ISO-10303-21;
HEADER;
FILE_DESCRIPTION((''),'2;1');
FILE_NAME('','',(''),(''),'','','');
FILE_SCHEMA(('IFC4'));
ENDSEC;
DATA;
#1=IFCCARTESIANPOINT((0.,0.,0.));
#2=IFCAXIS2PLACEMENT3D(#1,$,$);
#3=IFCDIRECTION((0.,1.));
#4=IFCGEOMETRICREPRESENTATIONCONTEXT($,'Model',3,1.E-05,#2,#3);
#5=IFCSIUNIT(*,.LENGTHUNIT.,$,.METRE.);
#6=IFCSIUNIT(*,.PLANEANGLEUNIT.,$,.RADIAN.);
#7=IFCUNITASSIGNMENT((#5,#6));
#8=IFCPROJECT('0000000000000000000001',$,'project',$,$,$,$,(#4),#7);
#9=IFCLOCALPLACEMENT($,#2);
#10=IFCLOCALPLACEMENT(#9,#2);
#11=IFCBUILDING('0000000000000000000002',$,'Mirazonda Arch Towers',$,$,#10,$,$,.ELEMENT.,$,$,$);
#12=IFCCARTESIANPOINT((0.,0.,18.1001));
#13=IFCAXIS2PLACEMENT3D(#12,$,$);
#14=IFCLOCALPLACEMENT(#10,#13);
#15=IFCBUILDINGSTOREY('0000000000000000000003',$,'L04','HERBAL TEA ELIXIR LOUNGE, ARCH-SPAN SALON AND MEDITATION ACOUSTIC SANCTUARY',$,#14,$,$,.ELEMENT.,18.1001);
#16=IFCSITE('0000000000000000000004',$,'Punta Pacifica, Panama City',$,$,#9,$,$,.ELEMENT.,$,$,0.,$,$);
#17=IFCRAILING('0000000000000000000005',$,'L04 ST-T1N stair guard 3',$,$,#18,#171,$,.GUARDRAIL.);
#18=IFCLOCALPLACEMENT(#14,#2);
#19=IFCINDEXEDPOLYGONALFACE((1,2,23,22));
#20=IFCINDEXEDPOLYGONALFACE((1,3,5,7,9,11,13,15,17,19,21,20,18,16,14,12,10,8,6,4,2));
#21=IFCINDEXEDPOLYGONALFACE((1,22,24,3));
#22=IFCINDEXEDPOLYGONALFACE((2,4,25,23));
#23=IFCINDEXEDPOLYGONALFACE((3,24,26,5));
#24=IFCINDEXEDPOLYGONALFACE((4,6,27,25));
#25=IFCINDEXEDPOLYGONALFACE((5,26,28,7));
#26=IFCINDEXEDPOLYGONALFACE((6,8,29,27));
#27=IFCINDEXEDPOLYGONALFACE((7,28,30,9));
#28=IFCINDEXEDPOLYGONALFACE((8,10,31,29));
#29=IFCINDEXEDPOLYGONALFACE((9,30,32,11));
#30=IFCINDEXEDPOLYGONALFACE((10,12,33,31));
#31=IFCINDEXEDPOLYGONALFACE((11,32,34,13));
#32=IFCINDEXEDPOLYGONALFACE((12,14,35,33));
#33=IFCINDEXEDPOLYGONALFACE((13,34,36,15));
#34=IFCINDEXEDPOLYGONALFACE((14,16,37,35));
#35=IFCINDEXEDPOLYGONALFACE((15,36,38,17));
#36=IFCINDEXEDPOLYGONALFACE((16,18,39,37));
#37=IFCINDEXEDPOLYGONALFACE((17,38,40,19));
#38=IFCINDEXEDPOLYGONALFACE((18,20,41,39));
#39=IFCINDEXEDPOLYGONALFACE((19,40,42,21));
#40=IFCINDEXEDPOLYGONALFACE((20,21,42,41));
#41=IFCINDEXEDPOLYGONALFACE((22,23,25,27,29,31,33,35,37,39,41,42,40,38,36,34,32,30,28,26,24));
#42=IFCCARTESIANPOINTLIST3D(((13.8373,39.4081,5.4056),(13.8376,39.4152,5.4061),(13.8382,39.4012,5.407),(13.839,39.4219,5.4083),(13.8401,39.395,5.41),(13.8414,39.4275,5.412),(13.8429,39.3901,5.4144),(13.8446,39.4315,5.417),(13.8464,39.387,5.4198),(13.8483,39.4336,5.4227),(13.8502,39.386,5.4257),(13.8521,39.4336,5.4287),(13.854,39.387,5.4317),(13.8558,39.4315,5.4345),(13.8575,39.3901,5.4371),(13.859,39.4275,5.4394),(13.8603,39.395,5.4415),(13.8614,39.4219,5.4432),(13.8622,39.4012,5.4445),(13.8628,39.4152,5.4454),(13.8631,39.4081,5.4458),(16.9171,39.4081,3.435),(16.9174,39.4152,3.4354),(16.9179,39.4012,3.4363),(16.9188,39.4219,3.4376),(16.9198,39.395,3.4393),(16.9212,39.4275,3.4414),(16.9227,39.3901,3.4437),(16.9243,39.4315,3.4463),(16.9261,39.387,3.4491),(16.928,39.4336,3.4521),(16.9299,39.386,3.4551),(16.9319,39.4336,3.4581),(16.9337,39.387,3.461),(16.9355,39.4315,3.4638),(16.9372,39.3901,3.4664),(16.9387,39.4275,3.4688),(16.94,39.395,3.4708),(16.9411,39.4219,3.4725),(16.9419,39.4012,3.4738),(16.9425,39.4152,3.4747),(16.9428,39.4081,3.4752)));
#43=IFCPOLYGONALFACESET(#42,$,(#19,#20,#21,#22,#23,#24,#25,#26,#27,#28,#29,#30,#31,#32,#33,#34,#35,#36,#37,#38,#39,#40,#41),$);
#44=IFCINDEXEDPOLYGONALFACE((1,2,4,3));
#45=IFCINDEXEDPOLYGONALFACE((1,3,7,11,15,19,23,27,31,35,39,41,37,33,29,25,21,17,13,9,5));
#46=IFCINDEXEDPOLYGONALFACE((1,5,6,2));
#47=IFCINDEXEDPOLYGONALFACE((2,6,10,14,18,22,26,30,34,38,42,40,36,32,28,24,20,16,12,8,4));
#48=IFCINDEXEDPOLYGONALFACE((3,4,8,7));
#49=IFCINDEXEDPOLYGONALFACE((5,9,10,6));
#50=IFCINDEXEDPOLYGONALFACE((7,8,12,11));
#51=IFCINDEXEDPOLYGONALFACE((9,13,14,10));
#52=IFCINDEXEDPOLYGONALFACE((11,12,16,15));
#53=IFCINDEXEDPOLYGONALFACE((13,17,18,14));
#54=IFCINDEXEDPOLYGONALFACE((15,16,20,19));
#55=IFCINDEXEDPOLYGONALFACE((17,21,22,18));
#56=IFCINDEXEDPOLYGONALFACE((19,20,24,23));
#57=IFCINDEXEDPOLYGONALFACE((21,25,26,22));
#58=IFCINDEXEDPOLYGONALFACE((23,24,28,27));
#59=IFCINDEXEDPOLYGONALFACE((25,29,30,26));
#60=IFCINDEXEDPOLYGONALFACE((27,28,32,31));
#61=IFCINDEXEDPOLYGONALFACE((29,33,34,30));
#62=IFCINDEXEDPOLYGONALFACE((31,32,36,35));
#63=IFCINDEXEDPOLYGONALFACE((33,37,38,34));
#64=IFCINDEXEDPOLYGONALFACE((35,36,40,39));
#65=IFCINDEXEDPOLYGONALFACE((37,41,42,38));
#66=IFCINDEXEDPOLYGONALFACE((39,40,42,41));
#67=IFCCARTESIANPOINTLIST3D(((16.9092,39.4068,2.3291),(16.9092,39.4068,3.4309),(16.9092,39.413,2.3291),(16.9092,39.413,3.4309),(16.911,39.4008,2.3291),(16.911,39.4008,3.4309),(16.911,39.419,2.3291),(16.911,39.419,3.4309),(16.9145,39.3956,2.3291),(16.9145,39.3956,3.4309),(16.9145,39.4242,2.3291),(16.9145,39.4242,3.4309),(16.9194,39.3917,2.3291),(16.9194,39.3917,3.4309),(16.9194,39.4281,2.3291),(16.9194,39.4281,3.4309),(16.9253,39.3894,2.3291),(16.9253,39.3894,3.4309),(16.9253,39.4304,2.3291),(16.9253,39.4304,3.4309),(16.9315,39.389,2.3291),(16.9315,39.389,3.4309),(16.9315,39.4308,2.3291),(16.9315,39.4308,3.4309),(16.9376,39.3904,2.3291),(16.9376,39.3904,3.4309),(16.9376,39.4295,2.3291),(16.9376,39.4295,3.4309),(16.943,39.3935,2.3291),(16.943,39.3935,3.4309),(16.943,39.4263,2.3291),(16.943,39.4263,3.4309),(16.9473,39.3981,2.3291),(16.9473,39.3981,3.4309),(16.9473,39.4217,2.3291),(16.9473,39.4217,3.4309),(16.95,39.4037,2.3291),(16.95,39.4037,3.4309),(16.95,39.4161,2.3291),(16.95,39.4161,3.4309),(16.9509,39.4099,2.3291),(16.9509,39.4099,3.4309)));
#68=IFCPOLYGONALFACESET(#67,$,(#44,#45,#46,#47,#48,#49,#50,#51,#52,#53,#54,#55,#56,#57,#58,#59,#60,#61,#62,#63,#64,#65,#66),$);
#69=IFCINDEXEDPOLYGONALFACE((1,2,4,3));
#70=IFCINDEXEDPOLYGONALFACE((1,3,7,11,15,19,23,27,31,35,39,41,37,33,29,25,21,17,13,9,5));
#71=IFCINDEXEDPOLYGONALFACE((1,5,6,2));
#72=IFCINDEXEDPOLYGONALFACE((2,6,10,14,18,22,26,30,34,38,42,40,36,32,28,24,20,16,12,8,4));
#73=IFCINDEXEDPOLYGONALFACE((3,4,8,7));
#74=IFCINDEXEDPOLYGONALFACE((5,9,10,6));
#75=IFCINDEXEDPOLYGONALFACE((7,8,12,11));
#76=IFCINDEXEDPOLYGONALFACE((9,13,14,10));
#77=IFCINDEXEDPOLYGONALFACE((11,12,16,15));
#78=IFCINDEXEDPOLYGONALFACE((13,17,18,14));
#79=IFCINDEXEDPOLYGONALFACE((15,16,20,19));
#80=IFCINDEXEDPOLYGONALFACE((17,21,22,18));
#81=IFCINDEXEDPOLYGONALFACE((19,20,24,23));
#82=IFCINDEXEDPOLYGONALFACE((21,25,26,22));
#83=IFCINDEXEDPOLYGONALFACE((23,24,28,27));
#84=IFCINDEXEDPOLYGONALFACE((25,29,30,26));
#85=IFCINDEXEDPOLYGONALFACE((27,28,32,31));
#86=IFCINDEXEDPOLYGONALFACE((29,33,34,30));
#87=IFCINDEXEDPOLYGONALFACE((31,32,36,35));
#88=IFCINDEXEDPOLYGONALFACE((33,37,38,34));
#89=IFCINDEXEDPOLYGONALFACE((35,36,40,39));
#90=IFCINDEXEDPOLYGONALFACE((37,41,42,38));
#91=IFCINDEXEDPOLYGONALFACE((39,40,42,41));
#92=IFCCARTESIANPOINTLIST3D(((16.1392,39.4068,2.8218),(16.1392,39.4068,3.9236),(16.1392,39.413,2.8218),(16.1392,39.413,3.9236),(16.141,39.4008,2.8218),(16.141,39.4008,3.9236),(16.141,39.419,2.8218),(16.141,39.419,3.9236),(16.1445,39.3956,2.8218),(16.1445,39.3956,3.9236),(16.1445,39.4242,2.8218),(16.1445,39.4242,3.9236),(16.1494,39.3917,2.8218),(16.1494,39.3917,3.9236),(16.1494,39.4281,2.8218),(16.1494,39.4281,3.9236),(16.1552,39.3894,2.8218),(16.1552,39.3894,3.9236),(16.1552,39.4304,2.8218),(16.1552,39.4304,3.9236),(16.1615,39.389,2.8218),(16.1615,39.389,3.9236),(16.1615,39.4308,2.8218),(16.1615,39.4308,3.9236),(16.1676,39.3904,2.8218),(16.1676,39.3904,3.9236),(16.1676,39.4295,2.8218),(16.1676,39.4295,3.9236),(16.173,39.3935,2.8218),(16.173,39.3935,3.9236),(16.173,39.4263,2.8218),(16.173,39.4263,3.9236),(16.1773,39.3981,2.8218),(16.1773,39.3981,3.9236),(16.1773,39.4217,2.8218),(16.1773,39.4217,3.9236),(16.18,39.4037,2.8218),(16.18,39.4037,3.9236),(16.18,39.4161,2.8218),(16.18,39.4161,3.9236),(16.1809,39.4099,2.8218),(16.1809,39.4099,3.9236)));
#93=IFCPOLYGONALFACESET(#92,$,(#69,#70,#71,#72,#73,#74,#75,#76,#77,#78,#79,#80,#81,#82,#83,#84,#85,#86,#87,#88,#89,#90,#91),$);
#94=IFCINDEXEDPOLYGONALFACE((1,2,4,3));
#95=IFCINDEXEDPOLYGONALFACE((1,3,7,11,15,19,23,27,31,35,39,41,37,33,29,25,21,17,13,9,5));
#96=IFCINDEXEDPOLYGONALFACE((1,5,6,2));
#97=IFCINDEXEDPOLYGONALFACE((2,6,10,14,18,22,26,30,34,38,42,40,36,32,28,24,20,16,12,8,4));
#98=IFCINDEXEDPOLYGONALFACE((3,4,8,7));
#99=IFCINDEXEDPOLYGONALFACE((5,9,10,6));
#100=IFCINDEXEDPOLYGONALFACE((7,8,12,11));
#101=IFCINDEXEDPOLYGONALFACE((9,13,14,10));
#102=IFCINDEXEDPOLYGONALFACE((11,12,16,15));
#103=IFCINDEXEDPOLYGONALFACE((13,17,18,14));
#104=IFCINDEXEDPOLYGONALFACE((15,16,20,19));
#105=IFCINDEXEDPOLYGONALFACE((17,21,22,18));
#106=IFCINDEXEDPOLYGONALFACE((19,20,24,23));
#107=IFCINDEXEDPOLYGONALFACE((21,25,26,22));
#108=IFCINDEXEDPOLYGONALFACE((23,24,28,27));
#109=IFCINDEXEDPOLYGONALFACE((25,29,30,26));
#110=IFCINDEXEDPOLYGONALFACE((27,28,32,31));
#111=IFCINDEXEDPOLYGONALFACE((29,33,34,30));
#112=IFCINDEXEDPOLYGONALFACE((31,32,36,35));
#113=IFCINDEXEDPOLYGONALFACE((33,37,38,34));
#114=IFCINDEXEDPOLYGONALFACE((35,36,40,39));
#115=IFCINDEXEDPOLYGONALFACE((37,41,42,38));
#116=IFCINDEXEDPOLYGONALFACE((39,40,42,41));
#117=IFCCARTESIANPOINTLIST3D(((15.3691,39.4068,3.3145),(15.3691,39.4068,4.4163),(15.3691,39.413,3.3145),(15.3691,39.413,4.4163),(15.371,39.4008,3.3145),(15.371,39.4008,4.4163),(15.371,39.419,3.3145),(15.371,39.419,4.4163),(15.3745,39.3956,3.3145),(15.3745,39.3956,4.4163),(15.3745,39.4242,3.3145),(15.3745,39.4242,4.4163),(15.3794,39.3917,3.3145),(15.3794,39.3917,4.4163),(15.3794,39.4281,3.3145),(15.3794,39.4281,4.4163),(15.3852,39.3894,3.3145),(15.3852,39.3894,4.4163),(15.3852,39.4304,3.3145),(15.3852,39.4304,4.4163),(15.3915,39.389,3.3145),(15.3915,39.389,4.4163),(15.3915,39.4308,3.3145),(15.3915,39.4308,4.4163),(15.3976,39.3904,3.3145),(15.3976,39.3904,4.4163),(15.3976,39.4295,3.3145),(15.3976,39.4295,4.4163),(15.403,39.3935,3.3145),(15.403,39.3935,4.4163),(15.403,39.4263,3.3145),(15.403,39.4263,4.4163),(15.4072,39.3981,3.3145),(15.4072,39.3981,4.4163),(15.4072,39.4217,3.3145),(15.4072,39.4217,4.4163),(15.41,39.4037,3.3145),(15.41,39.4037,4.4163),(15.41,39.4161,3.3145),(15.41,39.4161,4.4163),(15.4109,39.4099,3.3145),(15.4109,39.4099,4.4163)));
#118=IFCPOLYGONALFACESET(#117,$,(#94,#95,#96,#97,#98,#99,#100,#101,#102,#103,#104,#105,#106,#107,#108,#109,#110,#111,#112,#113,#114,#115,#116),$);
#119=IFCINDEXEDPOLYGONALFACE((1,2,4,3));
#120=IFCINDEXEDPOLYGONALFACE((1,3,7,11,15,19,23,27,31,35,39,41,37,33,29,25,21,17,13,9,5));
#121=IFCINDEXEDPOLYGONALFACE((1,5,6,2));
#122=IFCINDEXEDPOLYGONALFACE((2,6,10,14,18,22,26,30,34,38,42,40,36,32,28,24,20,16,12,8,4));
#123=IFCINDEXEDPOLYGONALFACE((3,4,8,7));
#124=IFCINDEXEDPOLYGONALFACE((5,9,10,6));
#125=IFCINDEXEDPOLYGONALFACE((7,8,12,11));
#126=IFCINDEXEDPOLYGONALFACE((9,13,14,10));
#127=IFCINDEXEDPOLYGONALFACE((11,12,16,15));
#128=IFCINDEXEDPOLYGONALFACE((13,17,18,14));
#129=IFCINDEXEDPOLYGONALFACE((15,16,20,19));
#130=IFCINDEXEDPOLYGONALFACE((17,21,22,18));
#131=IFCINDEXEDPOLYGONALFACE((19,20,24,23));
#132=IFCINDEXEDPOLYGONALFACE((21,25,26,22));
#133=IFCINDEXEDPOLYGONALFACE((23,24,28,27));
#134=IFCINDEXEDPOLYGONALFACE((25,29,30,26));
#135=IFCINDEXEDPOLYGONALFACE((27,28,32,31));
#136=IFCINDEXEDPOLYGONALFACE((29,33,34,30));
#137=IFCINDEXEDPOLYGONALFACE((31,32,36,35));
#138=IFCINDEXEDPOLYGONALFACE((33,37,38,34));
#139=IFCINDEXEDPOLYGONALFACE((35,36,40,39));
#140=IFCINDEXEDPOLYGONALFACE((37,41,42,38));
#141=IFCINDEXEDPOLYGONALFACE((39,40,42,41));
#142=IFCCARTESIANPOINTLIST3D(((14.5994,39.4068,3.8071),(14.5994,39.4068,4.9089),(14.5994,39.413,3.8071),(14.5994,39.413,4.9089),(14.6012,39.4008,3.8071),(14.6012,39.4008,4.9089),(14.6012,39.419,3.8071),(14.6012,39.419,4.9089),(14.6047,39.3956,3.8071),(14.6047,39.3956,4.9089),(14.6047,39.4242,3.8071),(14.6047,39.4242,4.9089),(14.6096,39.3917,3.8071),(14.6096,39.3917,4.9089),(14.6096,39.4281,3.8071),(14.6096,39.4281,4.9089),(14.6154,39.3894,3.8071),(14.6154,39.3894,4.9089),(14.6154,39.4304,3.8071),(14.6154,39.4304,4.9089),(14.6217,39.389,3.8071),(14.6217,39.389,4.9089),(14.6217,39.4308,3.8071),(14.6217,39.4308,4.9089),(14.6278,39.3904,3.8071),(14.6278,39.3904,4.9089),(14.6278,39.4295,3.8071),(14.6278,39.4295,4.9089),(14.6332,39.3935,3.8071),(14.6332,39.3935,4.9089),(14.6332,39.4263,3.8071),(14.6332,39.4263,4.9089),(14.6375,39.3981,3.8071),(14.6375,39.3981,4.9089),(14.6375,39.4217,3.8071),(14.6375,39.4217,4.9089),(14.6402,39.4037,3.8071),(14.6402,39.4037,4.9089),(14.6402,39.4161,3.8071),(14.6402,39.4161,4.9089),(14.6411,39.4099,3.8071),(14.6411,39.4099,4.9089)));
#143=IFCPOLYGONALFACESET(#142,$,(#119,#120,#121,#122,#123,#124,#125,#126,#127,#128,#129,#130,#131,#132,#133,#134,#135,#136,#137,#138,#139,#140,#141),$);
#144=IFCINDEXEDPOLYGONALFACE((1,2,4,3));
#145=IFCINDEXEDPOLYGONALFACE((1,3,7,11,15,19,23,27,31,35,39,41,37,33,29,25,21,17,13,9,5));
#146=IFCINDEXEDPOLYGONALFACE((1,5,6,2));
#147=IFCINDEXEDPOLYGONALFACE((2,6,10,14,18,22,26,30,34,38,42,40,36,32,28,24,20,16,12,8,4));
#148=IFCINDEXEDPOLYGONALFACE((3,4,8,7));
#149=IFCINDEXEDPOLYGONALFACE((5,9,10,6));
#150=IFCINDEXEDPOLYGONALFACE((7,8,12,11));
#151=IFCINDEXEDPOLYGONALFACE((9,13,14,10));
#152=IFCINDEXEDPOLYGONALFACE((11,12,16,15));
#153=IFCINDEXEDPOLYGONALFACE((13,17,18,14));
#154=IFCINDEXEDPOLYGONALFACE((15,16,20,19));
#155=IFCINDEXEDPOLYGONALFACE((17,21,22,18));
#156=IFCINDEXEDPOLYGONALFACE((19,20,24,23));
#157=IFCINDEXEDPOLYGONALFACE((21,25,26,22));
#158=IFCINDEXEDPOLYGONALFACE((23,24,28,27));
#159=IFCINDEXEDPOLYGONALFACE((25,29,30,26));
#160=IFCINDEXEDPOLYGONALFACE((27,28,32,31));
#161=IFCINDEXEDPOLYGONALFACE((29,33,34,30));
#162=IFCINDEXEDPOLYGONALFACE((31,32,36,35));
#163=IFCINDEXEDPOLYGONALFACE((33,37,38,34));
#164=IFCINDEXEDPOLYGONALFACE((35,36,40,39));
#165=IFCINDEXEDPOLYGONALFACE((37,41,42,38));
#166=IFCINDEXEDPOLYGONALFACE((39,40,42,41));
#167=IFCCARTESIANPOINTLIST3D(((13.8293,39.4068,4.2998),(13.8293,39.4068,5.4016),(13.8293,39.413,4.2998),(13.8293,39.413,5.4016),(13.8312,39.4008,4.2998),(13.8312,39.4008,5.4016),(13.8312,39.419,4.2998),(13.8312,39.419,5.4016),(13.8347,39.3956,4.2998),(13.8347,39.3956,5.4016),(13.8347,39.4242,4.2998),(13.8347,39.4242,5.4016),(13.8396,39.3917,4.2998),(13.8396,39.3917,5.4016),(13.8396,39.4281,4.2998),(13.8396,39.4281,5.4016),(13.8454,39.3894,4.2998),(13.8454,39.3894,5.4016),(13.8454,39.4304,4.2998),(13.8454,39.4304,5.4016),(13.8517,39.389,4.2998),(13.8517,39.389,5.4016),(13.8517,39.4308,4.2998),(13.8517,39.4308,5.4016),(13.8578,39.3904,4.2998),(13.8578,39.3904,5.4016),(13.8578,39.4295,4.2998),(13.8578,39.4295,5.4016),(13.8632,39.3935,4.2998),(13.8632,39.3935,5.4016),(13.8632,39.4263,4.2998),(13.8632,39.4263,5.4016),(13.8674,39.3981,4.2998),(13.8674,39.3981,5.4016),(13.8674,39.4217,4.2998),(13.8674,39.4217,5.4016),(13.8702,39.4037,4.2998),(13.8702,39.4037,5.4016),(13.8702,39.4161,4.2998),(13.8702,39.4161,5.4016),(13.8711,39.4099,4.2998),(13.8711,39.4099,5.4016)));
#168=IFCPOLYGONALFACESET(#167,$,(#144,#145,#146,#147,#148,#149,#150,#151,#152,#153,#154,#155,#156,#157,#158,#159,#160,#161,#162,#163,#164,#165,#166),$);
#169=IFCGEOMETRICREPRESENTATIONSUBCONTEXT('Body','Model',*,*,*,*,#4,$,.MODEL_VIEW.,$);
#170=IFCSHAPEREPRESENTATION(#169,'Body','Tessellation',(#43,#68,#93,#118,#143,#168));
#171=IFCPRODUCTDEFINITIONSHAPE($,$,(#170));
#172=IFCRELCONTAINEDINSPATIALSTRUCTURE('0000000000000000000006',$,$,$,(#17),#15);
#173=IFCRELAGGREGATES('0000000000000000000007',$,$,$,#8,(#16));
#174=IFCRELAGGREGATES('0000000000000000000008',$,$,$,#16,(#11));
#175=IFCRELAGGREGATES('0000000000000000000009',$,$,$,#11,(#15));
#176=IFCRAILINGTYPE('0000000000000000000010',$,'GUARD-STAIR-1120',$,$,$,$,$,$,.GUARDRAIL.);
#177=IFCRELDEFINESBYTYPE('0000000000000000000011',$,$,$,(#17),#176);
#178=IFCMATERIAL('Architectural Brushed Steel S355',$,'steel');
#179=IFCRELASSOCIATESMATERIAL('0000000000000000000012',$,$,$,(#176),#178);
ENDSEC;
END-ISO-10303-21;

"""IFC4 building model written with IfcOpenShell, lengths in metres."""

from ifc_helpers import new_model, si_unit, direction, frame, origin, origin_2d, place, context, subcontext, project, spatial, circle, extrude, material, type_object, element, save


model = new_model("IFC4")

# Units and contexts
model_context = context("Model", 3, precision=1e-05, world=origin(), true_north=direction((0.0, 1.0)))
body_context = subcontext(model_context, "Body", "Model", "MODEL_VIEW")
ifc_project = project(units=[si_unit("LENGTHUNIT", "METRE"), si_unit("PLANEANGLEUNIT", "RADIAN")], contexts=[model_context])

# Site, building, storey
site_placement = place(None, origin())
site = spatial("IfcSite", under=ifc_project, at=site_placement, Name="Punta Pacifica, Panama City", CompositionType="ELEMENT", RefElevation=0.0)
building_placement = place(site_placement, origin())
building = spatial("IfcBuilding", under=site, at=building_placement, Name="Mirazonda Arch Towers", CompositionType="ELEMENT")
storey_placement = place(building_placement, frame((0.0, 0.0, 18.1001)))
storey = spatial("IfcBuildingStorey", under=building, at=storey_placement, Name="L04", Description="HERBAL TEA ELIXIR LOUNGE, ARCH-SPAN SALON AND MEDITATION ACOUSTIC SANCTUARY", CompositionType="ELEMENT", Elevation=18.1001)

# Shared definitions
ifc_material_1 = material(Name="Architectural Brushed Steel S355", Category="steel")

# Railing
railing_type_1 = type_object("IfcRailingType", Name="GUARD-STAIR-1120", PredefinedType="GUARDRAIL", material=ifc_material_1)
railing_1_placement = place(storey_placement, frame((16.9299, 39.4099, 2.3291)))
element("IfcRailing", 1, at=railing_1_placement, inside=storey, type_object=railing_type_1, Name="L04 ST-T1N stair guard 3", PredefinedType="GUARDRAIL", context=body_context, shape_type="SweptSolid", body=[
    extrude(circle(Radius=0.0239, at=origin_2d()), frame((0.0, 0.0, 1.126), z_axis=(-0.84232, 0.0, 0.538978), x_axis=(0.0, -1.0, 0.0)), (0.0, 0.0, 1.0), 3.6562),
    extrude(circle(Radius=0.021, at=origin_2d()), origin(), (0.0, 0.0, 1.0), 1.1018),
    extrude(circle(Radius=0.021, at=origin_2d()), frame((-0.77, 0.0, 0.4927)), (0.0, 0.0, 1.0), 1.1018),
    extrude(circle(Radius=0.021, at=origin_2d()), frame((-1.54, 0.0, 0.9854)), (0.0, 0.0, 1.0), 1.1018),
    extrude(circle(Radius=0.021, at=origin_2d()), frame((-2.3098, 0.0, 1.478)), (0.0, 0.0, 1.0), 1.1018),
    extrude(circle(Radius=0.021, at=origin_2d()), frame((-3.0798, 0.0, 1.9707)), (0.0, 0.0, 1.0), 1.1018),
])

save(model, "model.ifc")
